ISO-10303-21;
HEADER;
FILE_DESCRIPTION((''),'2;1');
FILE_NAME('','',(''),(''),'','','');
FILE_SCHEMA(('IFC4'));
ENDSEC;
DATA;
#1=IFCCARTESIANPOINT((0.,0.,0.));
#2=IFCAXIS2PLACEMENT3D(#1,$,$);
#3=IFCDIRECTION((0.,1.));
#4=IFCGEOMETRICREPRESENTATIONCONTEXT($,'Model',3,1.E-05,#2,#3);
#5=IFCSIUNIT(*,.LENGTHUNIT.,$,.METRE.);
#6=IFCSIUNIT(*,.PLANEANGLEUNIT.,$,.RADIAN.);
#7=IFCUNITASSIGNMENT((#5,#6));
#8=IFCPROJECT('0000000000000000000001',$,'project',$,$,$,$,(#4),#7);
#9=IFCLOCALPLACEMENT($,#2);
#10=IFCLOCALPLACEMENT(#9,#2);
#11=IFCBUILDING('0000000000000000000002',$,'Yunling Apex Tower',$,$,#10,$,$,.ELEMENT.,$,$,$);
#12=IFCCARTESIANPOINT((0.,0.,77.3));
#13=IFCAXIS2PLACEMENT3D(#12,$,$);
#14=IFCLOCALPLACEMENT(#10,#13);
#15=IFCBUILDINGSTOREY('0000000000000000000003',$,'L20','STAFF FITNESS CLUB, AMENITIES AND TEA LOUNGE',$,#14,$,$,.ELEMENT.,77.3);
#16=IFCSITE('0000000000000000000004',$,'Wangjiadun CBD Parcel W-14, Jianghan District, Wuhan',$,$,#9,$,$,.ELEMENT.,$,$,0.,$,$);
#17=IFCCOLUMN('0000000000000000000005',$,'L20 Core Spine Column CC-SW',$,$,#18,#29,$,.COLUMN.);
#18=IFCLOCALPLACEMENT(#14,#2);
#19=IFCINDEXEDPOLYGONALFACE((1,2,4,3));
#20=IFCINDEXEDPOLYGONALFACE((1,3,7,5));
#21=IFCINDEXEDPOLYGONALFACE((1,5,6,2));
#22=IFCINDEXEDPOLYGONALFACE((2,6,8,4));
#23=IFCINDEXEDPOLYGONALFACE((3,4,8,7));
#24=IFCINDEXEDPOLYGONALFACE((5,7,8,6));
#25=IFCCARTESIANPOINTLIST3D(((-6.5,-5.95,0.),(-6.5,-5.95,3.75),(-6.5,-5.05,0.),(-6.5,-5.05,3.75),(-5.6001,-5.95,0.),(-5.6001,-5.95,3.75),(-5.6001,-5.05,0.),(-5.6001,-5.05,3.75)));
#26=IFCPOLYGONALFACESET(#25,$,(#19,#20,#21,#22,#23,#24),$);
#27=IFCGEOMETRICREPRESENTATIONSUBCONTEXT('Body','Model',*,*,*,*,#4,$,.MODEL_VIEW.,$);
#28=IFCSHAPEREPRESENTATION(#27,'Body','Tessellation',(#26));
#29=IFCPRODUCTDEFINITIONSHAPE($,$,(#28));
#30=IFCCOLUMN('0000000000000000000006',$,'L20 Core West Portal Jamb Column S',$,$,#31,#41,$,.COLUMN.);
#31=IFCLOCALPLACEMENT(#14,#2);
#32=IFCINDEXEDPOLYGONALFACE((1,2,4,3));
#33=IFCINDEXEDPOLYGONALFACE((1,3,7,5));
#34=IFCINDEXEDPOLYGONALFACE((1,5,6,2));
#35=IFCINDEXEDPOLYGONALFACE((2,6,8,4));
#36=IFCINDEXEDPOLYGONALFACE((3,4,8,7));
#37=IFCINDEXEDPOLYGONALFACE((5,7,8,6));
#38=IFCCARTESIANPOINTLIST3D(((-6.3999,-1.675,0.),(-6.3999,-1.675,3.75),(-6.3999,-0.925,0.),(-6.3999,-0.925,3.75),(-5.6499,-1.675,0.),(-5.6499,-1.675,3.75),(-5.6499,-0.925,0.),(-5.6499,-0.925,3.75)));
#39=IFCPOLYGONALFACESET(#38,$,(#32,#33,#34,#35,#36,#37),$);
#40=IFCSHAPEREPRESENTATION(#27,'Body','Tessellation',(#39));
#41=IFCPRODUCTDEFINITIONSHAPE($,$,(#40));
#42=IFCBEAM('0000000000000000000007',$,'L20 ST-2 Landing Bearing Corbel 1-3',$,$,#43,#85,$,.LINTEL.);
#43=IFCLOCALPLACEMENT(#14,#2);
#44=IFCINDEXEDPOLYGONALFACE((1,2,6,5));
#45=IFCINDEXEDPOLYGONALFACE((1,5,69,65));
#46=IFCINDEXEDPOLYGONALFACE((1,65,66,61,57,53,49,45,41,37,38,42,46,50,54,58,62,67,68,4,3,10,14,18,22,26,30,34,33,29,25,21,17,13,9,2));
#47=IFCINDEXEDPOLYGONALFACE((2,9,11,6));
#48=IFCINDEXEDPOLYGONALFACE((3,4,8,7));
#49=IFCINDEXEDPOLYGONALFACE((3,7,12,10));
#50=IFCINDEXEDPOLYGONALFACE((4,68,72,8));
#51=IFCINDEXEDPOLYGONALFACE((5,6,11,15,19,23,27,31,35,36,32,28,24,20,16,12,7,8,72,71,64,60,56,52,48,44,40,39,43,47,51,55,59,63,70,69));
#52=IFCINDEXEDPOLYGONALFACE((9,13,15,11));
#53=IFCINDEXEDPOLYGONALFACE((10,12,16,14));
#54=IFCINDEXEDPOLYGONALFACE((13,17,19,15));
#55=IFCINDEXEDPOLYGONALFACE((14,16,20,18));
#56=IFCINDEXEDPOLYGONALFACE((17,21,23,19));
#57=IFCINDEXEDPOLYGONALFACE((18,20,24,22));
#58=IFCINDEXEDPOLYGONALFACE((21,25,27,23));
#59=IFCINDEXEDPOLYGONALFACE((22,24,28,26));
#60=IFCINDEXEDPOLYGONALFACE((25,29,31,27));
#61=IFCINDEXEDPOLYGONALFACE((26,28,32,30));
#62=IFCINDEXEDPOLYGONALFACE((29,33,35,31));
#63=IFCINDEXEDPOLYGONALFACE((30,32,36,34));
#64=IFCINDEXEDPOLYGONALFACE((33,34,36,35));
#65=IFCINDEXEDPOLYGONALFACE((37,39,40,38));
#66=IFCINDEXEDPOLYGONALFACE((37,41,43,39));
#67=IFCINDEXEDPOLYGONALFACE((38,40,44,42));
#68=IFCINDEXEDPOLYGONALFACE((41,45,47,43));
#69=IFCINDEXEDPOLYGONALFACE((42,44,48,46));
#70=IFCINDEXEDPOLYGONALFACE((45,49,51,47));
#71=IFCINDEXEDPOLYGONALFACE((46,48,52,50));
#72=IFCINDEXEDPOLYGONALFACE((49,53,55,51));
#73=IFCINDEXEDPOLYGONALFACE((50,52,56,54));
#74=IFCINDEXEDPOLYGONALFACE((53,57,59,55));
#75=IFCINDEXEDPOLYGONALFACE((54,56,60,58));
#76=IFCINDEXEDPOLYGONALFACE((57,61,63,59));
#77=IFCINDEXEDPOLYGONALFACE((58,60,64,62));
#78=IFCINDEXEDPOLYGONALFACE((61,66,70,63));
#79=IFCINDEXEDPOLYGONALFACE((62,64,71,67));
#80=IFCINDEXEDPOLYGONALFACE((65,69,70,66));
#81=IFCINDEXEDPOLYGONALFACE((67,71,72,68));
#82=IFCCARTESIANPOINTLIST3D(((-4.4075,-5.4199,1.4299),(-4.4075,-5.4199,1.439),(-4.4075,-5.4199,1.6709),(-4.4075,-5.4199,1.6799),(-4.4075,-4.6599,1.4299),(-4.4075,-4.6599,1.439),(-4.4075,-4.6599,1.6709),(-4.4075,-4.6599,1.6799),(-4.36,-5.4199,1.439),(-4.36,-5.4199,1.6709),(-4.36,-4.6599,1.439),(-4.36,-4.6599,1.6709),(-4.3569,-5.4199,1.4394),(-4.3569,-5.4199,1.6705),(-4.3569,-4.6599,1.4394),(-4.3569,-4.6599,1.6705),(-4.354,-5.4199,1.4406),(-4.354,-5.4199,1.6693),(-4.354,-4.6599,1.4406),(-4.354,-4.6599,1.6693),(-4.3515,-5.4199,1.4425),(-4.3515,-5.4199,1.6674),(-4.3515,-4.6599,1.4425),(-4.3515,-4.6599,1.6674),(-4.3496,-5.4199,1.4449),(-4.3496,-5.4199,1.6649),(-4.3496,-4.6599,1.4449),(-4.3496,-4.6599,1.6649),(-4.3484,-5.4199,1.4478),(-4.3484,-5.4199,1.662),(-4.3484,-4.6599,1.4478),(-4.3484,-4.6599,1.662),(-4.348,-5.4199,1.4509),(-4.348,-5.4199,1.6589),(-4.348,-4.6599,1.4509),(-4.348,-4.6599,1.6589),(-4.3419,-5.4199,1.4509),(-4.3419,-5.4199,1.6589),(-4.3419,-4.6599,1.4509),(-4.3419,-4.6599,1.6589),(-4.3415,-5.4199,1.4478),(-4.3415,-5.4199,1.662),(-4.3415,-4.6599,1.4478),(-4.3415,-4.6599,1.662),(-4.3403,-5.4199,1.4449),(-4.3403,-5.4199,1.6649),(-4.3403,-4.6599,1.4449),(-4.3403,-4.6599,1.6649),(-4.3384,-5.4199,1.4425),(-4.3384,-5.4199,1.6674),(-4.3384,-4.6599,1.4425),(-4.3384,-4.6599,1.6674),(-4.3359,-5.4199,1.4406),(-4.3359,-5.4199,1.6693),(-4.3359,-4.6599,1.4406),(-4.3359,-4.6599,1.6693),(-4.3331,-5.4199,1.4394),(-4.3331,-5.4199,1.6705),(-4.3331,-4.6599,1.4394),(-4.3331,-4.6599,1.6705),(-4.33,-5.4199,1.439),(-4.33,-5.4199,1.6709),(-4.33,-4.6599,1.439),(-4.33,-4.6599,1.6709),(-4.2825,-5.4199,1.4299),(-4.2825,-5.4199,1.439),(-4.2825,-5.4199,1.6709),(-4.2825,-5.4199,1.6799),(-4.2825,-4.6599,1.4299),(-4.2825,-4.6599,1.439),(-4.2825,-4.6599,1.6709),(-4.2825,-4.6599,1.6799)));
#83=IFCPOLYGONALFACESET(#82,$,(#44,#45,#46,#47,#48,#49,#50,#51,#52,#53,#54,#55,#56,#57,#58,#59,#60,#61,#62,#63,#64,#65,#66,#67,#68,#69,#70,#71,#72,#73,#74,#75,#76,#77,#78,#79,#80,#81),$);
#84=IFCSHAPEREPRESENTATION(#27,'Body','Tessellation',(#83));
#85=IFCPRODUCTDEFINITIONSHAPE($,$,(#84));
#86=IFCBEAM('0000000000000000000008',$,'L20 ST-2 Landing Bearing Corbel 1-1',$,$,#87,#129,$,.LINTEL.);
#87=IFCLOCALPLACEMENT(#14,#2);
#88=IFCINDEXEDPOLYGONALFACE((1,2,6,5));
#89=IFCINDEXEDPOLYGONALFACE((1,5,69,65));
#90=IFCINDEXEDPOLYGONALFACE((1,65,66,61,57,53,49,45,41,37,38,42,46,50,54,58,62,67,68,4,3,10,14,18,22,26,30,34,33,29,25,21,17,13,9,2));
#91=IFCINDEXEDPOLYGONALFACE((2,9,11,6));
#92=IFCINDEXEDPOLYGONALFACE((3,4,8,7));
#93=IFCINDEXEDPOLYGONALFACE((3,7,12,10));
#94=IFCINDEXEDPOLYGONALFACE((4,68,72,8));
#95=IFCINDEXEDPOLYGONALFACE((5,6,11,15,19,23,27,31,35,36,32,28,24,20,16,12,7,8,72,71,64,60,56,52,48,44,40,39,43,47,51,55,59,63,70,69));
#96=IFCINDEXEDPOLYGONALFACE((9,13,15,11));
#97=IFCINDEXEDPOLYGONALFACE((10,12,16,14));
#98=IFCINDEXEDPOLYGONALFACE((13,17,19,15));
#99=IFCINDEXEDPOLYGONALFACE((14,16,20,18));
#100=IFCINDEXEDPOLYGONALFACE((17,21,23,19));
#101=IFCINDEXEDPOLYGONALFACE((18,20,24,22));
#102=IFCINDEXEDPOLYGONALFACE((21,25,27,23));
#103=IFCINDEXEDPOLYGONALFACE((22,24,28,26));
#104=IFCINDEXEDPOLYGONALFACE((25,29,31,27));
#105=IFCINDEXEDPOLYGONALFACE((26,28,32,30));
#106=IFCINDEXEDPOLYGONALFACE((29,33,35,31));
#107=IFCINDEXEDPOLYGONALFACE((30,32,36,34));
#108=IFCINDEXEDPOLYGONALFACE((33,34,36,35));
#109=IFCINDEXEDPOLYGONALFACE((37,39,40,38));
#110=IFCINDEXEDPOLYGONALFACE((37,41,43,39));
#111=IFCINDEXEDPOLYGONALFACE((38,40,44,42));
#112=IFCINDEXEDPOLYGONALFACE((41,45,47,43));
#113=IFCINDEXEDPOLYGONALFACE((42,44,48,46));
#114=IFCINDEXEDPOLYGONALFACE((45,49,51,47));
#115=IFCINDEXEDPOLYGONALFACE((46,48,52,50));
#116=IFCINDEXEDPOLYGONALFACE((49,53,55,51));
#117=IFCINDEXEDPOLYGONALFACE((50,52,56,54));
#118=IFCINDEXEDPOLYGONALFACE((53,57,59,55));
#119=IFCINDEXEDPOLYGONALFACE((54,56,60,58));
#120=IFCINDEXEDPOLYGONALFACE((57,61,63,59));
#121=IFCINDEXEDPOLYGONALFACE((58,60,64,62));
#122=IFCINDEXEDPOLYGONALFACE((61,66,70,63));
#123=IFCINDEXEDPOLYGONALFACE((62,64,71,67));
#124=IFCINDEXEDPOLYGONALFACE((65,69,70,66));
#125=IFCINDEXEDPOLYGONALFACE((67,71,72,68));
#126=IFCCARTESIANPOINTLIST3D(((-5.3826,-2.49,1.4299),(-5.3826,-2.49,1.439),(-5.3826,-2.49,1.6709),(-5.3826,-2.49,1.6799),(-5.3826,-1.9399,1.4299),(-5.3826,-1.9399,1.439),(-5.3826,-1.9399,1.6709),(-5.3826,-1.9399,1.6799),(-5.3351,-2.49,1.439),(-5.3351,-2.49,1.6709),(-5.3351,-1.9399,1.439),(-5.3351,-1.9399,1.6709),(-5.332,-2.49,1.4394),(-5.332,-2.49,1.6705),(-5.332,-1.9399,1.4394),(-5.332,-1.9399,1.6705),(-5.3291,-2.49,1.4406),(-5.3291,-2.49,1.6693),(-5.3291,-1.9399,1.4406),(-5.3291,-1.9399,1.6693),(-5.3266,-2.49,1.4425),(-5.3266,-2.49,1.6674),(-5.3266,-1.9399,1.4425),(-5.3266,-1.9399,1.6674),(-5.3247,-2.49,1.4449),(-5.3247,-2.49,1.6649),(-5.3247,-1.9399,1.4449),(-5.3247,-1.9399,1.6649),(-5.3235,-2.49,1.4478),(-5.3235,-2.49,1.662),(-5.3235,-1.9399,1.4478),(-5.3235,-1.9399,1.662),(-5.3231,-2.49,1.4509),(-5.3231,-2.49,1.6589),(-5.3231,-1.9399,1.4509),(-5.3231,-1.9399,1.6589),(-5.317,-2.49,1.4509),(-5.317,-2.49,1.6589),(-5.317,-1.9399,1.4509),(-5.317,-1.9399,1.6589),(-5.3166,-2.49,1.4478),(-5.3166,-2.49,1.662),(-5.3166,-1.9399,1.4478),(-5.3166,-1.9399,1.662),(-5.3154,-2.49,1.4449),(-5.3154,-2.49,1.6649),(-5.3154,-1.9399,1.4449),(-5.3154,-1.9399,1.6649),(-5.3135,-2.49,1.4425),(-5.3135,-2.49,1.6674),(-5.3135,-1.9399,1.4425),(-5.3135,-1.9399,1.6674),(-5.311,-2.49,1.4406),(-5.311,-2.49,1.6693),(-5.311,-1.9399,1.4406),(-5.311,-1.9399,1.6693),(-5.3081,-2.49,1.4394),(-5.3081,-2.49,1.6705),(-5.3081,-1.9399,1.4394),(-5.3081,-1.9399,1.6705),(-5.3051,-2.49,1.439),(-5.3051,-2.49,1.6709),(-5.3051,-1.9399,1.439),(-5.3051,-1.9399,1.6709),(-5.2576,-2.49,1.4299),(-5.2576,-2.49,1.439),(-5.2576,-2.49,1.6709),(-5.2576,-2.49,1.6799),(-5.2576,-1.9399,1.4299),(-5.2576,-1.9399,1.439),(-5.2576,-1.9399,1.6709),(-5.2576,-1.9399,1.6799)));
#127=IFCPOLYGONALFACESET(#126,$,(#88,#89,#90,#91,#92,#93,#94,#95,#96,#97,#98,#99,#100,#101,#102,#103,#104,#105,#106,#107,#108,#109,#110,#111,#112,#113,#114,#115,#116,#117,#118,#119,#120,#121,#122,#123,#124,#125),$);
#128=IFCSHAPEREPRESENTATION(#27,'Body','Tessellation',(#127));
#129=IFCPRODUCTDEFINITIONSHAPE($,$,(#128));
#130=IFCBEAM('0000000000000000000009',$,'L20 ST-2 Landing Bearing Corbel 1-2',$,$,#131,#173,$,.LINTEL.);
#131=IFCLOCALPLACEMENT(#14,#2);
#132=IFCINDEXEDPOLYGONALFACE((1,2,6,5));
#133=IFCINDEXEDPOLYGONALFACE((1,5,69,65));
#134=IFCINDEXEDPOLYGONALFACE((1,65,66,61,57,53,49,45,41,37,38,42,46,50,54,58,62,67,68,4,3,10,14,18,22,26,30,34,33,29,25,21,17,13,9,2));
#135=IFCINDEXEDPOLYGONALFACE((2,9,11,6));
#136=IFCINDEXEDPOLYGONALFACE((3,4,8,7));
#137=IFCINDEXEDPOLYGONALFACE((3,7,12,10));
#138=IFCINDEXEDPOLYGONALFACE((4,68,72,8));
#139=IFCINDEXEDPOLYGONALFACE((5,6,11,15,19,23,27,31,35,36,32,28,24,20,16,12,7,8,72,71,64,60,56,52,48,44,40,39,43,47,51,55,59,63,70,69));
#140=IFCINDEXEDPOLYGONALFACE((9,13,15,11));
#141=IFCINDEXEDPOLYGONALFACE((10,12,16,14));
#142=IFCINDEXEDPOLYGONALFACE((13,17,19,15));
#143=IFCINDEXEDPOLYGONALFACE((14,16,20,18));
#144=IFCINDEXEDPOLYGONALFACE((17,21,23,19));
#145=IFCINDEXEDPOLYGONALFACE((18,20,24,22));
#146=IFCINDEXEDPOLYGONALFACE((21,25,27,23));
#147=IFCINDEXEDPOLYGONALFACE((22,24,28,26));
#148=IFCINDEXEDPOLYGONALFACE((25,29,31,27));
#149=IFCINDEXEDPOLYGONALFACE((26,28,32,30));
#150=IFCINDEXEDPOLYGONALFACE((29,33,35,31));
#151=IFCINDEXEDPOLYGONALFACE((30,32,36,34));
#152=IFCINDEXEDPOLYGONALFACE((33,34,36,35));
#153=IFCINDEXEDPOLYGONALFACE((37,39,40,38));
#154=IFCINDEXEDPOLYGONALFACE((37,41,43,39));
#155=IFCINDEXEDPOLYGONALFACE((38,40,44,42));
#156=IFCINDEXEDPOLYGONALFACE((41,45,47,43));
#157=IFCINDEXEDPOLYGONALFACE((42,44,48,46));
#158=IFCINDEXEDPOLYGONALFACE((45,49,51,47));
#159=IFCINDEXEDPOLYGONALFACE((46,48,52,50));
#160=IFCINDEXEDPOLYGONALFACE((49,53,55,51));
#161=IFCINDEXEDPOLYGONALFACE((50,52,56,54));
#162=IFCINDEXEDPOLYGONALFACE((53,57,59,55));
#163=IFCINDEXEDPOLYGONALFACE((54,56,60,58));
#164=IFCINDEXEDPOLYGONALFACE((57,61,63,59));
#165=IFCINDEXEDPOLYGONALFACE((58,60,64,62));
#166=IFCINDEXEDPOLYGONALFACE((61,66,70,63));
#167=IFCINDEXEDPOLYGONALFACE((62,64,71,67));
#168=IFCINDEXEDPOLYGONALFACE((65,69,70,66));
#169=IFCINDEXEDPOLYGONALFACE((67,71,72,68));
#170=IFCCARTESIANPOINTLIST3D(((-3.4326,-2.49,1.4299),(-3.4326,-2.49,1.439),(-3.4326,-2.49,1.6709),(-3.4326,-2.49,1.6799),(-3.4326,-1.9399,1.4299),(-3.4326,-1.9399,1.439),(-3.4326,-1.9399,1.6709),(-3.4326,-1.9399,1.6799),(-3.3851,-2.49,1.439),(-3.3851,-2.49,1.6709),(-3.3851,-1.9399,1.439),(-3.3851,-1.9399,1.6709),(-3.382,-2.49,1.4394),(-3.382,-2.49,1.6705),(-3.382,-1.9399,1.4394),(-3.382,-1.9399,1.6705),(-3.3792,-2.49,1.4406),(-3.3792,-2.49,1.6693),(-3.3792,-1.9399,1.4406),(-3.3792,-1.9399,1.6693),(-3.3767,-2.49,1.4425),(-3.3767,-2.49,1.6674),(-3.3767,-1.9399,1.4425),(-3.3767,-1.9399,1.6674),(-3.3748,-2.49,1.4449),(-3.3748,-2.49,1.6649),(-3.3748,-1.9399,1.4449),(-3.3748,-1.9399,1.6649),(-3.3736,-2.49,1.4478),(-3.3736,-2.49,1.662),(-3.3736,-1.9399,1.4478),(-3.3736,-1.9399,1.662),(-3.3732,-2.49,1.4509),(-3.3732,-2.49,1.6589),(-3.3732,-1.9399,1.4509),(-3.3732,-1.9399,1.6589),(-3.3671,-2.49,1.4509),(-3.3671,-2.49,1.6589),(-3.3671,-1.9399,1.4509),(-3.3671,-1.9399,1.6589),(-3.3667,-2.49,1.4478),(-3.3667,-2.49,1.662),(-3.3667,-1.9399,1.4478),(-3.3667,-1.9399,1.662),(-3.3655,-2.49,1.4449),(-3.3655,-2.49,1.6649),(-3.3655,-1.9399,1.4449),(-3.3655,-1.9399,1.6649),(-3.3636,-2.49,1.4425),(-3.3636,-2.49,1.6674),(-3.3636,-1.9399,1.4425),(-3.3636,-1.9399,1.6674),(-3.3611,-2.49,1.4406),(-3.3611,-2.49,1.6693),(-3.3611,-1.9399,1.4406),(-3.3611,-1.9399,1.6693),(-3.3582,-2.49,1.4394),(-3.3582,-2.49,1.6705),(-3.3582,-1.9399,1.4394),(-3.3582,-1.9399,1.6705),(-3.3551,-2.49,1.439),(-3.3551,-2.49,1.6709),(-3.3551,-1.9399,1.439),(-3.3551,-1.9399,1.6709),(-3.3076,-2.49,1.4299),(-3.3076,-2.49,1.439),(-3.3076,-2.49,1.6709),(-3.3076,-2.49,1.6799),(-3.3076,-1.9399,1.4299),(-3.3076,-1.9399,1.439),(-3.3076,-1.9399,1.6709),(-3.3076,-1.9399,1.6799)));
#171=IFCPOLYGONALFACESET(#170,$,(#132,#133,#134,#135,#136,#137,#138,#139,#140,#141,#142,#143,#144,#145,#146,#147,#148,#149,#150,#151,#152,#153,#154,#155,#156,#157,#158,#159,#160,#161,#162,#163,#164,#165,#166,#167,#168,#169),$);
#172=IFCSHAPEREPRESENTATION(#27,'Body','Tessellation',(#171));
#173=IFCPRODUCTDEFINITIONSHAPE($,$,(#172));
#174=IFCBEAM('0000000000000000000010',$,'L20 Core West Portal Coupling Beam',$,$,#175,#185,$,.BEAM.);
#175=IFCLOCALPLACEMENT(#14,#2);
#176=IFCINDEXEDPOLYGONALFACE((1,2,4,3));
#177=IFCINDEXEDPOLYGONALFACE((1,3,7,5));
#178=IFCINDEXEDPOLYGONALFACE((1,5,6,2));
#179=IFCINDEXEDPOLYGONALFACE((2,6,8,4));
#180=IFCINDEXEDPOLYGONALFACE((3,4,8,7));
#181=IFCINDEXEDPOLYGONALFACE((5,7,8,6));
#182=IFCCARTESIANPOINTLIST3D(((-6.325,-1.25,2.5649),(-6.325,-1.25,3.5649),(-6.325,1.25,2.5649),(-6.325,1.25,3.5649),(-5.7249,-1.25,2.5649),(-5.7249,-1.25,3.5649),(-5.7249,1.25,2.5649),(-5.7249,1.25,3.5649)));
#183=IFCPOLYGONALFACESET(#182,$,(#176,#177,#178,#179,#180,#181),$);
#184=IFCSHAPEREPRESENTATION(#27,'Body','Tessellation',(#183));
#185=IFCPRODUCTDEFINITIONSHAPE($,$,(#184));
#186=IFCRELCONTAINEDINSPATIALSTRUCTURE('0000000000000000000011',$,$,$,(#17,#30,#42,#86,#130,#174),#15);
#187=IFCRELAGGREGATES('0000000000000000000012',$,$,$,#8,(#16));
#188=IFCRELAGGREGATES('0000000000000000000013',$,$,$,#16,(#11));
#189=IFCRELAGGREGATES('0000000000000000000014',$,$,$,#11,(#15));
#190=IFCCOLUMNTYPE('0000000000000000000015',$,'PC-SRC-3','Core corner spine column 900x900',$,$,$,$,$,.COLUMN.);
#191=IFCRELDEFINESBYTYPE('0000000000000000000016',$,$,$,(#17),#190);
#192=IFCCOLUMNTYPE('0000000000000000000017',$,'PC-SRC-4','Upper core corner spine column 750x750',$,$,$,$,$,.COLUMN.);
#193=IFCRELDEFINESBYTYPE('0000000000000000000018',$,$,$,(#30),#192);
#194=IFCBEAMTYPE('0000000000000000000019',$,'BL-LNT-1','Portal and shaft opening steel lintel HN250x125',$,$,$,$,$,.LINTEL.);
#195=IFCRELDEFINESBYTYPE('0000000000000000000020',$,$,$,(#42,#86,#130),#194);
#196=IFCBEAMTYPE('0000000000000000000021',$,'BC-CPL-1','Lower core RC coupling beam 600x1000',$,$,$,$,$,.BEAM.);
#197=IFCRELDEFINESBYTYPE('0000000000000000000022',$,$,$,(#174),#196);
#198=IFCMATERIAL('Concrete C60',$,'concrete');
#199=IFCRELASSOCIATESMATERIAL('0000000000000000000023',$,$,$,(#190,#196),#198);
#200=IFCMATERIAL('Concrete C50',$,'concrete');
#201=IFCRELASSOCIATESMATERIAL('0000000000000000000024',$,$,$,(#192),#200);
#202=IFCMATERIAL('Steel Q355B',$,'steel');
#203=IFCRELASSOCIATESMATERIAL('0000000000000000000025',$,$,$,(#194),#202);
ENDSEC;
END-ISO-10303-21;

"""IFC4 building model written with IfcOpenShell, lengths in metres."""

from ifc_helpers import new_model, si_unit, direction, frame, origin, origin_2d, place, context, subcontext, project, spatial, rectangle, i_section, extrude, source, transform, mapped, material, material_profile, profile_set, type_object, element, save


model = new_model("IFC4")

# Units and contexts
model_context = context("Model", 3, precision=1e-05, world=origin(), true_north=direction((0.0, 1.0)))
body_context = subcontext(model_context, "Body", "Model", "MODEL_VIEW")
ifc_project = project(units=[si_unit("LENGTHUNIT", "METRE"), si_unit("PLANEANGLEUNIT", "RADIAN")], contexts=[model_context])

# Site, building, storey
site_placement = place(None, origin())
site = spatial("IfcSite", under=ifc_project, at=site_placement, Name="Wangjiadun CBD Parcel W-14, Jianghan District, Wuhan", CompositionType="ELEMENT", RefElevation=0.0)
building_placement = place(site_placement, origin())
building = spatial("IfcBuilding", under=site, at=building_placement, Name="Yunling Apex Tower", CompositionType="ELEMENT")
storey_placement = place(building_placement, frame((0.0, 0.0, 77.3)))
storey = spatial("IfcBuildingStorey", under=building, at=storey_placement, Name="L20", Description="STAFF FITNESS CLUB, AMENITIES AND TEA LOUNGE", CompositionType="ELEMENT", Elevation=77.3)

# Columns
ifc_material_1 = material(Name="Concrete C60", Category="concrete")
ifc_material_profile_1 = material_profile(ifc_material_1, rectangle(XDim=0.8999, YDim=0.8999, at=origin_2d()))
ifc_profile_set_1 = profile_set([ifc_material_profile_1], Name="Concrete C60")
column_type_1 = type_object("IfcColumnType", Name="PC-SRC-3", Description="Core corner spine column 900x900", PredefinedType="COLUMN", material=ifc_profile_set_1)
shared_shape_1 = source(origin(), body_context, "Body", "SweptSolid", [
    extrude(rectangle(XDim=0.8999, YDim=0.8999, at=origin_2d()), origin(), (0.0, 0.0, 1.0), 3.75),
])
column_1_placement = place(storey_placement, frame((-6.05, -5.5, 0.0), z_axis=(0.0, 0.0, 1.0), x_axis=(1.0, 0.0, 0.0)))
element("IfcColumn", 1, at=column_1_placement, inside=storey, type_object=column_type_1, Name="L20 Core Spine Column CC-SW", PredefinedType="COLUMN", context=body_context, shape_type="MappedRepresentation", body=[
    mapped(shared_shape_1, transform((0.0, 0.0, 0.0), scale=1.0)),
])
ifc_material_2 = material(Name="Concrete C50", Category="concrete")
ifc_material_profile_2 = material_profile(ifc_material_2, rectangle(XDim=0.75, YDim=0.75, at=origin_2d()))
ifc_profile_set_2 = profile_set([ifc_material_profile_2], Name="Concrete C50")
column_type_2 = type_object("IfcColumnType", Name="PC-SRC-4", Description="Upper core corner spine column 750x750", PredefinedType="COLUMN", material=ifc_profile_set_2)
shared_shape_2 = source(origin(), body_context, "Body", "SweptSolid", [
    extrude(rectangle(XDim=0.75, YDim=0.75, at=origin_2d()), origin(), (0.0, 0.0, 1.0), 3.75),
])
column_2_placement = place(storey_placement, frame((-6.0249, -1.3, 0.0), z_axis=(0.0, 0.0, 1.0), x_axis=(1.0, 0.0, 0.0)))
element("IfcColumn", 2, at=column_2_placement, inside=storey, type_object=column_type_2, Name="L20 Core West Portal Jamb Column S", PredefinedType="COLUMN", context=body_context, shape_type="MappedRepresentation", body=[
    mapped(shared_shape_2, transform((0.0, 0.0, 0.0), scale=1.0)),
])

# Beams
ifc_material_3 = material(Name="Steel Q355B", Category="steel")
ifc_material_profile_3 = material_profile(ifc_material_3, i_section(OverallWidth=0.125, OverallDepth=0.25, WebThickness=0.0061, FlangeThickness=0.009, FilletRadius=0.012, at=origin_2d()))
ifc_profile_set_3 = profile_set([ifc_material_profile_3], Name="Steel Q355B")
beam_type_1 = type_object("IfcBeamType", Name="BL-LNT-1", Description="Portal and shaft opening steel lintel HN250x125", PredefinedType="LINTEL", material=ifc_profile_set_3)
shared_shape_3 = source(origin(), body_context, "Body", "SweptSolid", [
    extrude(i_section(OverallWidth=0.125, OverallDepth=0.25, WebThickness=0.0061, FlangeThickness=0.009, FilletRadius=0.012, at=origin_2d()), origin(), (0.0, 0.0, 1.0), 0.76),
])
beam_1_placement = place(storey_placement, frame((-4.345, -5.4199, 1.5549), z_axis=(0.0, 1.0, 0.0), x_axis=(-1.0, 0.0, 0.0)))
element("IfcBeam", 3, at=beam_1_placement, inside=storey, type_object=beam_type_1, Name="L20 ST-2 Landing Bearing Corbel 1-3", PredefinedType="LINTEL", context=body_context, shape_type="MappedRepresentation", body=[
    mapped(shared_shape_3, transform((0.0, 0.0, 0.0), scale=1.0)),
])
shared_shape_4 = source(origin(), body_context, "Body", "SweptSolid", [
    extrude(i_section(OverallWidth=0.125, OverallDepth=0.25, WebThickness=0.0061, FlangeThickness=0.009, FilletRadius=0.012, at=origin_2d()), origin(), (0.0, 0.0, 1.0), 0.55),
])
for number, where, z_axis, x_axis, name in (
    (4, (-5.3201, -1.9399, 1.5549), (0.0, -1.0, 0.0), (1.0, 0.0, 0.0), "L20 ST-2 Landing Bearing Corbel 1-1"),
    (5, (-3.3701, -1.9399, 1.5549), (0.0, -1.0, 0.0), (1.0, 0.0, 0.0), "L20 ST-2 Landing Bearing Corbel 1-2"),
):
    element("IfcBeam", number, at=place(storey_placement, frame(where, z_axis=z_axis, x_axis=x_axis)), inside=storey, type_object=beam_type_1, Name=name, PredefinedType="LINTEL", context=body_context, shape_type="MappedRepresentation", body=[
        mapped(shared_shape_4, transform((0.0, 0.0, 0.0), scale=1.0)),
    ])
ifc_material_profile_4 = material_profile(ifc_material_1, rectangle(XDim=0.6001, YDim=1.0, at=origin_2d()))
ifc_profile_set_4 = profile_set([ifc_material_profile_4], Name="Concrete C60")
beam_type_2 = type_object("IfcBeamType", Name="BC-CPL-1", Description="Lower core RC coupling beam 600x1000", PredefinedType="BEAM", material=ifc_profile_set_4)
shared_shape_5 = source(origin(), body_context, "Body", "SweptSolid", [
    extrude(rectangle(XDim=0.6001, YDim=1.0, at=origin_2d()), origin(), (0.0, 0.0, 1.0), 2.5),
])
beam_2_placement = place(storey_placement, frame((-6.0249, -1.25, 3.0649), z_axis=(0.0, 1.0, 0.0), x_axis=(-1.0, 0.0, 0.0)))
element("IfcBeam", 6, at=beam_2_placement, inside=storey, type_object=beam_type_2, Name="L20 Core West Portal Coupling Beam", PredefinedType="BEAM", context=body_context, shape_type="MappedRepresentation", body=[
    mapped(shared_shape_5, transform((0.0, 0.0, 0.0), scale=1.0)),
])

save(model, "model.ifc")
